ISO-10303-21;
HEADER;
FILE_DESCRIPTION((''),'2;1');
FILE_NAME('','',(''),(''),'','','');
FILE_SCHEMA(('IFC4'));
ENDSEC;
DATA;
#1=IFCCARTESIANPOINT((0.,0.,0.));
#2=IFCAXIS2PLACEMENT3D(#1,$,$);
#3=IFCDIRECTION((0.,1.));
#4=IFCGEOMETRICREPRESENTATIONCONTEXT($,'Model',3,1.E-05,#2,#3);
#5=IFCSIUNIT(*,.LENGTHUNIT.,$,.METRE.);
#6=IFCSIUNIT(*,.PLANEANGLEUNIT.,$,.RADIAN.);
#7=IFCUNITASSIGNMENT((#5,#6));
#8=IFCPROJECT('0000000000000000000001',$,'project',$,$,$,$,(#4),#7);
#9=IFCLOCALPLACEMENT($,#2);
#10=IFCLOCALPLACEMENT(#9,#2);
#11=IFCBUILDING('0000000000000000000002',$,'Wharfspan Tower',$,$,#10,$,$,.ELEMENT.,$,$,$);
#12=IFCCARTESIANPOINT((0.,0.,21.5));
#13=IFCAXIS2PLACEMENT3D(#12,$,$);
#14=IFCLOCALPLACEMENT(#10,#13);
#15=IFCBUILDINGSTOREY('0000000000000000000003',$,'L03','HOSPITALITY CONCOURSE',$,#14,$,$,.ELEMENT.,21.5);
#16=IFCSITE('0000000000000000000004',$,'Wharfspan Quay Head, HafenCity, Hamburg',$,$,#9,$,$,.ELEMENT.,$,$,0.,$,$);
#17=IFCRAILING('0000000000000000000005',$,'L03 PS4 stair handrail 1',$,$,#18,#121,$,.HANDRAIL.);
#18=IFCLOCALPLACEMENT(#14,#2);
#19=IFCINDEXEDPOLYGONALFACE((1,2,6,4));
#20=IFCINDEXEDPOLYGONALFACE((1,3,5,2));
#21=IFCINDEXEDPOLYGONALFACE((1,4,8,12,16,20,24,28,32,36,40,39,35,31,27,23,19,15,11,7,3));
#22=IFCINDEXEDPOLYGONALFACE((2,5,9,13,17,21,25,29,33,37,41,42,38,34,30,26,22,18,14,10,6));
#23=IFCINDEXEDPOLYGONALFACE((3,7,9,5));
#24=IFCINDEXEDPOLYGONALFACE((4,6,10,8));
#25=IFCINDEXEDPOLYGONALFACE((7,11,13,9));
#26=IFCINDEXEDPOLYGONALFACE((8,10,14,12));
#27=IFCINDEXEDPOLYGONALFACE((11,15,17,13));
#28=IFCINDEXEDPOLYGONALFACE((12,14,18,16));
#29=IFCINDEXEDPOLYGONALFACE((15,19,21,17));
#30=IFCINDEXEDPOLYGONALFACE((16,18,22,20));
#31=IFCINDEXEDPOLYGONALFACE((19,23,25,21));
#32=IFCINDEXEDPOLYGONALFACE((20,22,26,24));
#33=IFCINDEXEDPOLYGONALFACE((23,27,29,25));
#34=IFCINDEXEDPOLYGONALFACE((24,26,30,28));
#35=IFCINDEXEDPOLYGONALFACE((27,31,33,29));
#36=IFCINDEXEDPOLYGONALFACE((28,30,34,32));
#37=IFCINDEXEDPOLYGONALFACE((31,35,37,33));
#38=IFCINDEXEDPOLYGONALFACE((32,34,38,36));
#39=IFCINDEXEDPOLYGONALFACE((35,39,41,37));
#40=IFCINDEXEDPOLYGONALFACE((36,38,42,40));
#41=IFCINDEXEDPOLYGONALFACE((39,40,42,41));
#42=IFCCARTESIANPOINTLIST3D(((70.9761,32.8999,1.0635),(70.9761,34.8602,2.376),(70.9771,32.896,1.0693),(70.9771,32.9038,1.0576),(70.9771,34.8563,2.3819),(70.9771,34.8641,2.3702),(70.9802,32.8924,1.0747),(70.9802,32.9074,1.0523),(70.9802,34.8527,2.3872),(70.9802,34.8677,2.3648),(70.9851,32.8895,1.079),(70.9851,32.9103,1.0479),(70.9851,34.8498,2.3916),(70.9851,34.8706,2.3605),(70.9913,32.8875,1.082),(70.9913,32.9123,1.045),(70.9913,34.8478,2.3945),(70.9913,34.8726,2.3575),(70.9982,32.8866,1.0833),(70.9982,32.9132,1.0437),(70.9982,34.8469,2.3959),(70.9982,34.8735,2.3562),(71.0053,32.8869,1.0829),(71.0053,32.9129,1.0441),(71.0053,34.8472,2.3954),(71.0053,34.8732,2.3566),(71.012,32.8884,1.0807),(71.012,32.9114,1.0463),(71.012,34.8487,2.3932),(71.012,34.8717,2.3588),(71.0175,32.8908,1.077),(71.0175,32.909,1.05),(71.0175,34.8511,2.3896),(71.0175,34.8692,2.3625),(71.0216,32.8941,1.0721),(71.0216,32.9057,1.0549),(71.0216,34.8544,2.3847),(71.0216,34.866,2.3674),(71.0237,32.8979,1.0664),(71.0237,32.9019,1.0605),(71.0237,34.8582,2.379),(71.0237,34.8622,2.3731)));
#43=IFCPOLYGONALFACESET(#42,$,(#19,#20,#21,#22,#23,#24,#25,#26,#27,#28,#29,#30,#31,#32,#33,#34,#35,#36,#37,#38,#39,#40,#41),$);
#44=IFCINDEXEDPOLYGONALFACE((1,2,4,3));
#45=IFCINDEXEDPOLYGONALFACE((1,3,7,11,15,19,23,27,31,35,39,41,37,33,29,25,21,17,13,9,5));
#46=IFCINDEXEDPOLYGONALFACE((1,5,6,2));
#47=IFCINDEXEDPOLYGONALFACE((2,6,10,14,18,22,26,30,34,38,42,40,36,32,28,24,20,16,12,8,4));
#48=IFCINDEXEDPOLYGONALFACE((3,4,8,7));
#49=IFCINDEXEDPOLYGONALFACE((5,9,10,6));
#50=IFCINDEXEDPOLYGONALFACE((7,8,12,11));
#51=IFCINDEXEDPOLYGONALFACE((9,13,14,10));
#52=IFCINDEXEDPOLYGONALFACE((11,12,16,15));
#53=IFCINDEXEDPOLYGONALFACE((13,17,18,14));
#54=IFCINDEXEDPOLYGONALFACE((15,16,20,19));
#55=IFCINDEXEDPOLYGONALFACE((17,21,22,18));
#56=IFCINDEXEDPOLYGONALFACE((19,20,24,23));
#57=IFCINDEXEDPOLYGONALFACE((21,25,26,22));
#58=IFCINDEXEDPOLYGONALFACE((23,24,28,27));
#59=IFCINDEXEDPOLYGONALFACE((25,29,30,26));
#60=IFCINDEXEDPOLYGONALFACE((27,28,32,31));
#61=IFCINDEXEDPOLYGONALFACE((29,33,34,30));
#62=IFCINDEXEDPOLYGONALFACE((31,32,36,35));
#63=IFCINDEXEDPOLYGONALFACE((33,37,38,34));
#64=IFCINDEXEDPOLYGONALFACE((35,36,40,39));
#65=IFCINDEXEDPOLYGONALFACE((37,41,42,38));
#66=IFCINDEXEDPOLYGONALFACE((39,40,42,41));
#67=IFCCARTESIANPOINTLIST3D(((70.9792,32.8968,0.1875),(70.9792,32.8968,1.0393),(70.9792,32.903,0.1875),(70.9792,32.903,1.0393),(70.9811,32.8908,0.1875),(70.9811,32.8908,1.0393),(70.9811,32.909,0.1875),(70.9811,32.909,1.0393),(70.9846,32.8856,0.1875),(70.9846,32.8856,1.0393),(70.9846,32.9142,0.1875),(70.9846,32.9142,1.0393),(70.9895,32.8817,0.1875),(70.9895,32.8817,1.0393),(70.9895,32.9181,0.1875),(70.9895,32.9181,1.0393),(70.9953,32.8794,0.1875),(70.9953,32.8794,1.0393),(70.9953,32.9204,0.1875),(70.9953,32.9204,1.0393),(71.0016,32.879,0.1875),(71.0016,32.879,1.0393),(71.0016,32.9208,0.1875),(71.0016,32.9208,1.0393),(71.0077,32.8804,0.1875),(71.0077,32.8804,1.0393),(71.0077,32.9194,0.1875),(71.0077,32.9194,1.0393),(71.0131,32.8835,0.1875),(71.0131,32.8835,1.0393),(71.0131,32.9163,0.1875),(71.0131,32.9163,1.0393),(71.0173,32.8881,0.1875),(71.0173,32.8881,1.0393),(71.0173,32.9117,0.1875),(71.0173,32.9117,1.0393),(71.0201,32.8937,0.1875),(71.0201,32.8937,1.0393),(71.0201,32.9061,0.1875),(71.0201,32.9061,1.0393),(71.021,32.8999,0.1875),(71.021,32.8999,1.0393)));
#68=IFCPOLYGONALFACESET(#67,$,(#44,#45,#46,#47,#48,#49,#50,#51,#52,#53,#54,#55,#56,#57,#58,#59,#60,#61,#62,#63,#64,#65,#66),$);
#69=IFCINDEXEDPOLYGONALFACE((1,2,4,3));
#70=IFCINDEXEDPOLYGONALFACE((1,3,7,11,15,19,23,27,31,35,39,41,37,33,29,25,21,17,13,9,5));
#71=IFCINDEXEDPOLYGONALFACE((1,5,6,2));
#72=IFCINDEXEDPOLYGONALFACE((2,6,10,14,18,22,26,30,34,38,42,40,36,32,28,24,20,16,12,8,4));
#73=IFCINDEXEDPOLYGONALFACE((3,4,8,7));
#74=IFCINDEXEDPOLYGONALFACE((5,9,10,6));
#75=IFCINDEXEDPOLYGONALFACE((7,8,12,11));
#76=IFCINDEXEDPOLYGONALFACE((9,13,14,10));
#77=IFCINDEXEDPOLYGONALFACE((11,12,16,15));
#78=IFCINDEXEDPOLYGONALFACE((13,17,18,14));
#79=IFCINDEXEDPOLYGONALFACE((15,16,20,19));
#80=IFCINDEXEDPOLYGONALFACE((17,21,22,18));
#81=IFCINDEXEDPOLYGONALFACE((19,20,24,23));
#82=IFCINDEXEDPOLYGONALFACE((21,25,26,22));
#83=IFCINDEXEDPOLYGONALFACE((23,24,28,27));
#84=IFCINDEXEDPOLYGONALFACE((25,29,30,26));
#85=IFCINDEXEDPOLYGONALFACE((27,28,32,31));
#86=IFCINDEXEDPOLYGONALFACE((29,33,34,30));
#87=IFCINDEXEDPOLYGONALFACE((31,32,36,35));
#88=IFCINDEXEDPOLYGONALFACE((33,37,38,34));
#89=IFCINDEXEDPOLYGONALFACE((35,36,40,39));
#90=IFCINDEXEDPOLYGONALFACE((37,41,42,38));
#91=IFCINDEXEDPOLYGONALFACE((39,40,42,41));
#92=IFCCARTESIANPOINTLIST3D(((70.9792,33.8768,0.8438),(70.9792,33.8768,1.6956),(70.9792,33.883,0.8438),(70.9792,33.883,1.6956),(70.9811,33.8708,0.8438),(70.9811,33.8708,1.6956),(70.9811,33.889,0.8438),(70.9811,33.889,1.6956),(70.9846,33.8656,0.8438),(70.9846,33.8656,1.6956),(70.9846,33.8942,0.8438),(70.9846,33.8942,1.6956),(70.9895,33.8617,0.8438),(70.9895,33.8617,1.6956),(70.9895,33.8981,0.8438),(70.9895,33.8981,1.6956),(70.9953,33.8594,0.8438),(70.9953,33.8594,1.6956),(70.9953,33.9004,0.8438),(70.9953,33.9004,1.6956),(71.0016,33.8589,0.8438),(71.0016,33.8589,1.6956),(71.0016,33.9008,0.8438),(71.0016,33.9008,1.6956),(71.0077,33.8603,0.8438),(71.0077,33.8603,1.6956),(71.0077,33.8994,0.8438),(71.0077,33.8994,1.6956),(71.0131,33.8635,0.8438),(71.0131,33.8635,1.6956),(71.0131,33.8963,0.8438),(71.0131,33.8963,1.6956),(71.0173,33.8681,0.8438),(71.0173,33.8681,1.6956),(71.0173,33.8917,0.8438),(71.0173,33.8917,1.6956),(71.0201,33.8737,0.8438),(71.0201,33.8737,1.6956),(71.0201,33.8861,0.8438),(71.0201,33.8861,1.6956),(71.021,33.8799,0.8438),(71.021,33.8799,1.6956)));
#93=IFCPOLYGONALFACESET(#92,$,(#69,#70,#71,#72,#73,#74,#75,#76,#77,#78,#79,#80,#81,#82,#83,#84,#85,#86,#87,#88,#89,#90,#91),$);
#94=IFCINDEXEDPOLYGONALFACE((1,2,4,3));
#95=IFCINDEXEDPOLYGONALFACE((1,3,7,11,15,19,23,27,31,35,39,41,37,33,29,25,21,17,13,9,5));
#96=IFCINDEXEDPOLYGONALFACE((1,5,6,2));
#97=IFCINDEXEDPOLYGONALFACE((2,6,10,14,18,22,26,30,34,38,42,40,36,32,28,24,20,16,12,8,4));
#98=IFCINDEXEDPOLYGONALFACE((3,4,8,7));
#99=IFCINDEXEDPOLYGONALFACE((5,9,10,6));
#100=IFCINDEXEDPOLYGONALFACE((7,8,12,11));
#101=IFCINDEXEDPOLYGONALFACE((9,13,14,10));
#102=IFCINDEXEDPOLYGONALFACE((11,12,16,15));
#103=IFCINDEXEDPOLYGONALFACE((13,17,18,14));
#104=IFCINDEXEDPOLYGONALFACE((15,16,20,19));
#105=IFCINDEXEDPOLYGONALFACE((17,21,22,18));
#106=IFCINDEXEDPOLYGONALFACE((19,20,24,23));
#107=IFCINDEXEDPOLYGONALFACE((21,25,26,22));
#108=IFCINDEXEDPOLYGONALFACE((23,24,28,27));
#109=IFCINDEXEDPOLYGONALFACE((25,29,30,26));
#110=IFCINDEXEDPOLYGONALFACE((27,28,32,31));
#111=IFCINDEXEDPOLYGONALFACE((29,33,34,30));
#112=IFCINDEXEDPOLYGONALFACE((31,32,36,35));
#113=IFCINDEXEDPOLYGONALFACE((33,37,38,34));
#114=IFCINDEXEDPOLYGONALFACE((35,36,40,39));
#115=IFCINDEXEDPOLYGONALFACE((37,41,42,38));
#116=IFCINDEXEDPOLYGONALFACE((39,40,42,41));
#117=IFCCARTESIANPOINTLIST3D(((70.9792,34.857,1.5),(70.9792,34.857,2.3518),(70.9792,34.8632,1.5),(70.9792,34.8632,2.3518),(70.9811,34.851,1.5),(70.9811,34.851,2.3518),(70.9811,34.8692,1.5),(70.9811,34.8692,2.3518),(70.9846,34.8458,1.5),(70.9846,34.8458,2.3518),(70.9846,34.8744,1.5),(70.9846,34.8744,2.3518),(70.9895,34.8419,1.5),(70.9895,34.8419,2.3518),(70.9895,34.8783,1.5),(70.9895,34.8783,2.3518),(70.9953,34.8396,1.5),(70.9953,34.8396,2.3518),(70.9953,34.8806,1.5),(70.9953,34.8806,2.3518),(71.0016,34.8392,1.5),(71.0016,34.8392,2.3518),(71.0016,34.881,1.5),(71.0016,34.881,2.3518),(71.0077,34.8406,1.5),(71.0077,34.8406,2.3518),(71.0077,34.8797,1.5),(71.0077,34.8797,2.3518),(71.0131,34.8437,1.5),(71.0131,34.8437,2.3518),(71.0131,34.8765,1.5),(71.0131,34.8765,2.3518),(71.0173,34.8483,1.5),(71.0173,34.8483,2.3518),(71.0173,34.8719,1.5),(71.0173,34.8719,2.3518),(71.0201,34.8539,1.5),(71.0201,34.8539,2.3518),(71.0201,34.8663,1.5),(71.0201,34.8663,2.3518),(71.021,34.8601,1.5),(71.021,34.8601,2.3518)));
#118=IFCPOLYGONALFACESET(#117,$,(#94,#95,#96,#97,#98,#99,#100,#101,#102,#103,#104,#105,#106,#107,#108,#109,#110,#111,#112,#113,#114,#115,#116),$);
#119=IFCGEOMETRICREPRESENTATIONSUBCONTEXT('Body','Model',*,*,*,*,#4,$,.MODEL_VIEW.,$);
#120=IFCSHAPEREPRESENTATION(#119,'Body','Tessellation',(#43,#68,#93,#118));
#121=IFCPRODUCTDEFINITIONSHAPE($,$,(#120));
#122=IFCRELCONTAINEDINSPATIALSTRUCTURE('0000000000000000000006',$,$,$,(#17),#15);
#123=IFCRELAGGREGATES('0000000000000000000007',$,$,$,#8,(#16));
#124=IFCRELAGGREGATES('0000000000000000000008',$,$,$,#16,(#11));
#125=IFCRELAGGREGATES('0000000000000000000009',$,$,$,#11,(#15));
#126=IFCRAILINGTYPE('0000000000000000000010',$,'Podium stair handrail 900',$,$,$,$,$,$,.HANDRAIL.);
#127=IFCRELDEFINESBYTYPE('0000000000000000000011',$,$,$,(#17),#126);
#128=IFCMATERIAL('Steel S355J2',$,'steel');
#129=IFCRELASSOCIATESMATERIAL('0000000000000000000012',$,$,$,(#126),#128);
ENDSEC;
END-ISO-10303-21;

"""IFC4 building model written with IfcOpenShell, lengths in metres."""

from ifc_helpers import new_model, si_unit, direction, frame, origin, origin_2d, place, context, subcontext, project, spatial, circle, extrude, material, type_object, element, save


model = new_model("IFC4")

# Units and contexts
model_context = context("Model", 3, precision=1e-05, world=origin(), true_north=direction((0.0, 1.0)))
body_context = subcontext(model_context, "Body", "Model", "MODEL_VIEW")
ifc_project = project(units=[si_unit("LENGTHUNIT", "METRE"), si_unit("PLANEANGLEUNIT", "RADIAN")], contexts=[model_context])

# Site, building, storey
site_placement = place(None, origin())
site = spatial("IfcSite", under=ifc_project, at=site_placement, Name="Wharfspan Quay Head, HafenCity, Hamburg", CompositionType="ELEMENT", RefElevation=0.0)
building_placement = place(site_placement, origin())
building = spatial("IfcBuilding", under=site, at=building_placement, Name="Wharfspan Tower", CompositionType="ELEMENT")
storey_placement = place(building_placement, frame((0.0, 0.0, 21.5)))
storey = spatial("IfcBuildingStorey", under=building, at=storey_placement, Name="L03", Description="HOSPITALITY CONCOURSE", CompositionType="ELEMENT", Elevation=21.5)

# Railing
ifc_material_1 = material(Name="Steel S355J2", Category="steel")
railing_type_1 = type_object("IfcRailingType", Name="Podium stair handrail 900", PredefinedType="HANDRAIL", material=ifc_material_1)
railing_1_placement = place(storey_placement, frame((71.0, 32.8999, 0.1875)))
element("IfcRailing", 1, at=railing_1_placement, inside=storey, type_object=railing_type_1, Name="L03 PS4 stair handrail 1", PredefinedType="HANDRAIL", context=body_context, shape_type="SweptSolid", body=[
    extrude(circle(Radius=0.0239, at=origin_2d()), frame((0.0, 0.0, 0.876), z_axis=(0.0, 0.830934, 0.556371), x_axis=(-1.0, 0.0, 0.0)), (0.0, 0.0, 1.0), 2.3591),
    extrude(circle(Radius=0.021, at=origin_2d()), origin(), (0.0, 0.0, 1.0), 0.8518),
    extrude(circle(Radius=0.021, at=origin_2d()), frame((0.0, 0.98, 0.6562)), (0.0, 0.0, 1.0), 0.8518),
    extrude(circle(Radius=0.021, at=origin_2d()), frame((0.0, 1.9602, 1.3125)), (0.0, 0.0, 1.0), 0.8518),
])

save(model, "model.ifc")
